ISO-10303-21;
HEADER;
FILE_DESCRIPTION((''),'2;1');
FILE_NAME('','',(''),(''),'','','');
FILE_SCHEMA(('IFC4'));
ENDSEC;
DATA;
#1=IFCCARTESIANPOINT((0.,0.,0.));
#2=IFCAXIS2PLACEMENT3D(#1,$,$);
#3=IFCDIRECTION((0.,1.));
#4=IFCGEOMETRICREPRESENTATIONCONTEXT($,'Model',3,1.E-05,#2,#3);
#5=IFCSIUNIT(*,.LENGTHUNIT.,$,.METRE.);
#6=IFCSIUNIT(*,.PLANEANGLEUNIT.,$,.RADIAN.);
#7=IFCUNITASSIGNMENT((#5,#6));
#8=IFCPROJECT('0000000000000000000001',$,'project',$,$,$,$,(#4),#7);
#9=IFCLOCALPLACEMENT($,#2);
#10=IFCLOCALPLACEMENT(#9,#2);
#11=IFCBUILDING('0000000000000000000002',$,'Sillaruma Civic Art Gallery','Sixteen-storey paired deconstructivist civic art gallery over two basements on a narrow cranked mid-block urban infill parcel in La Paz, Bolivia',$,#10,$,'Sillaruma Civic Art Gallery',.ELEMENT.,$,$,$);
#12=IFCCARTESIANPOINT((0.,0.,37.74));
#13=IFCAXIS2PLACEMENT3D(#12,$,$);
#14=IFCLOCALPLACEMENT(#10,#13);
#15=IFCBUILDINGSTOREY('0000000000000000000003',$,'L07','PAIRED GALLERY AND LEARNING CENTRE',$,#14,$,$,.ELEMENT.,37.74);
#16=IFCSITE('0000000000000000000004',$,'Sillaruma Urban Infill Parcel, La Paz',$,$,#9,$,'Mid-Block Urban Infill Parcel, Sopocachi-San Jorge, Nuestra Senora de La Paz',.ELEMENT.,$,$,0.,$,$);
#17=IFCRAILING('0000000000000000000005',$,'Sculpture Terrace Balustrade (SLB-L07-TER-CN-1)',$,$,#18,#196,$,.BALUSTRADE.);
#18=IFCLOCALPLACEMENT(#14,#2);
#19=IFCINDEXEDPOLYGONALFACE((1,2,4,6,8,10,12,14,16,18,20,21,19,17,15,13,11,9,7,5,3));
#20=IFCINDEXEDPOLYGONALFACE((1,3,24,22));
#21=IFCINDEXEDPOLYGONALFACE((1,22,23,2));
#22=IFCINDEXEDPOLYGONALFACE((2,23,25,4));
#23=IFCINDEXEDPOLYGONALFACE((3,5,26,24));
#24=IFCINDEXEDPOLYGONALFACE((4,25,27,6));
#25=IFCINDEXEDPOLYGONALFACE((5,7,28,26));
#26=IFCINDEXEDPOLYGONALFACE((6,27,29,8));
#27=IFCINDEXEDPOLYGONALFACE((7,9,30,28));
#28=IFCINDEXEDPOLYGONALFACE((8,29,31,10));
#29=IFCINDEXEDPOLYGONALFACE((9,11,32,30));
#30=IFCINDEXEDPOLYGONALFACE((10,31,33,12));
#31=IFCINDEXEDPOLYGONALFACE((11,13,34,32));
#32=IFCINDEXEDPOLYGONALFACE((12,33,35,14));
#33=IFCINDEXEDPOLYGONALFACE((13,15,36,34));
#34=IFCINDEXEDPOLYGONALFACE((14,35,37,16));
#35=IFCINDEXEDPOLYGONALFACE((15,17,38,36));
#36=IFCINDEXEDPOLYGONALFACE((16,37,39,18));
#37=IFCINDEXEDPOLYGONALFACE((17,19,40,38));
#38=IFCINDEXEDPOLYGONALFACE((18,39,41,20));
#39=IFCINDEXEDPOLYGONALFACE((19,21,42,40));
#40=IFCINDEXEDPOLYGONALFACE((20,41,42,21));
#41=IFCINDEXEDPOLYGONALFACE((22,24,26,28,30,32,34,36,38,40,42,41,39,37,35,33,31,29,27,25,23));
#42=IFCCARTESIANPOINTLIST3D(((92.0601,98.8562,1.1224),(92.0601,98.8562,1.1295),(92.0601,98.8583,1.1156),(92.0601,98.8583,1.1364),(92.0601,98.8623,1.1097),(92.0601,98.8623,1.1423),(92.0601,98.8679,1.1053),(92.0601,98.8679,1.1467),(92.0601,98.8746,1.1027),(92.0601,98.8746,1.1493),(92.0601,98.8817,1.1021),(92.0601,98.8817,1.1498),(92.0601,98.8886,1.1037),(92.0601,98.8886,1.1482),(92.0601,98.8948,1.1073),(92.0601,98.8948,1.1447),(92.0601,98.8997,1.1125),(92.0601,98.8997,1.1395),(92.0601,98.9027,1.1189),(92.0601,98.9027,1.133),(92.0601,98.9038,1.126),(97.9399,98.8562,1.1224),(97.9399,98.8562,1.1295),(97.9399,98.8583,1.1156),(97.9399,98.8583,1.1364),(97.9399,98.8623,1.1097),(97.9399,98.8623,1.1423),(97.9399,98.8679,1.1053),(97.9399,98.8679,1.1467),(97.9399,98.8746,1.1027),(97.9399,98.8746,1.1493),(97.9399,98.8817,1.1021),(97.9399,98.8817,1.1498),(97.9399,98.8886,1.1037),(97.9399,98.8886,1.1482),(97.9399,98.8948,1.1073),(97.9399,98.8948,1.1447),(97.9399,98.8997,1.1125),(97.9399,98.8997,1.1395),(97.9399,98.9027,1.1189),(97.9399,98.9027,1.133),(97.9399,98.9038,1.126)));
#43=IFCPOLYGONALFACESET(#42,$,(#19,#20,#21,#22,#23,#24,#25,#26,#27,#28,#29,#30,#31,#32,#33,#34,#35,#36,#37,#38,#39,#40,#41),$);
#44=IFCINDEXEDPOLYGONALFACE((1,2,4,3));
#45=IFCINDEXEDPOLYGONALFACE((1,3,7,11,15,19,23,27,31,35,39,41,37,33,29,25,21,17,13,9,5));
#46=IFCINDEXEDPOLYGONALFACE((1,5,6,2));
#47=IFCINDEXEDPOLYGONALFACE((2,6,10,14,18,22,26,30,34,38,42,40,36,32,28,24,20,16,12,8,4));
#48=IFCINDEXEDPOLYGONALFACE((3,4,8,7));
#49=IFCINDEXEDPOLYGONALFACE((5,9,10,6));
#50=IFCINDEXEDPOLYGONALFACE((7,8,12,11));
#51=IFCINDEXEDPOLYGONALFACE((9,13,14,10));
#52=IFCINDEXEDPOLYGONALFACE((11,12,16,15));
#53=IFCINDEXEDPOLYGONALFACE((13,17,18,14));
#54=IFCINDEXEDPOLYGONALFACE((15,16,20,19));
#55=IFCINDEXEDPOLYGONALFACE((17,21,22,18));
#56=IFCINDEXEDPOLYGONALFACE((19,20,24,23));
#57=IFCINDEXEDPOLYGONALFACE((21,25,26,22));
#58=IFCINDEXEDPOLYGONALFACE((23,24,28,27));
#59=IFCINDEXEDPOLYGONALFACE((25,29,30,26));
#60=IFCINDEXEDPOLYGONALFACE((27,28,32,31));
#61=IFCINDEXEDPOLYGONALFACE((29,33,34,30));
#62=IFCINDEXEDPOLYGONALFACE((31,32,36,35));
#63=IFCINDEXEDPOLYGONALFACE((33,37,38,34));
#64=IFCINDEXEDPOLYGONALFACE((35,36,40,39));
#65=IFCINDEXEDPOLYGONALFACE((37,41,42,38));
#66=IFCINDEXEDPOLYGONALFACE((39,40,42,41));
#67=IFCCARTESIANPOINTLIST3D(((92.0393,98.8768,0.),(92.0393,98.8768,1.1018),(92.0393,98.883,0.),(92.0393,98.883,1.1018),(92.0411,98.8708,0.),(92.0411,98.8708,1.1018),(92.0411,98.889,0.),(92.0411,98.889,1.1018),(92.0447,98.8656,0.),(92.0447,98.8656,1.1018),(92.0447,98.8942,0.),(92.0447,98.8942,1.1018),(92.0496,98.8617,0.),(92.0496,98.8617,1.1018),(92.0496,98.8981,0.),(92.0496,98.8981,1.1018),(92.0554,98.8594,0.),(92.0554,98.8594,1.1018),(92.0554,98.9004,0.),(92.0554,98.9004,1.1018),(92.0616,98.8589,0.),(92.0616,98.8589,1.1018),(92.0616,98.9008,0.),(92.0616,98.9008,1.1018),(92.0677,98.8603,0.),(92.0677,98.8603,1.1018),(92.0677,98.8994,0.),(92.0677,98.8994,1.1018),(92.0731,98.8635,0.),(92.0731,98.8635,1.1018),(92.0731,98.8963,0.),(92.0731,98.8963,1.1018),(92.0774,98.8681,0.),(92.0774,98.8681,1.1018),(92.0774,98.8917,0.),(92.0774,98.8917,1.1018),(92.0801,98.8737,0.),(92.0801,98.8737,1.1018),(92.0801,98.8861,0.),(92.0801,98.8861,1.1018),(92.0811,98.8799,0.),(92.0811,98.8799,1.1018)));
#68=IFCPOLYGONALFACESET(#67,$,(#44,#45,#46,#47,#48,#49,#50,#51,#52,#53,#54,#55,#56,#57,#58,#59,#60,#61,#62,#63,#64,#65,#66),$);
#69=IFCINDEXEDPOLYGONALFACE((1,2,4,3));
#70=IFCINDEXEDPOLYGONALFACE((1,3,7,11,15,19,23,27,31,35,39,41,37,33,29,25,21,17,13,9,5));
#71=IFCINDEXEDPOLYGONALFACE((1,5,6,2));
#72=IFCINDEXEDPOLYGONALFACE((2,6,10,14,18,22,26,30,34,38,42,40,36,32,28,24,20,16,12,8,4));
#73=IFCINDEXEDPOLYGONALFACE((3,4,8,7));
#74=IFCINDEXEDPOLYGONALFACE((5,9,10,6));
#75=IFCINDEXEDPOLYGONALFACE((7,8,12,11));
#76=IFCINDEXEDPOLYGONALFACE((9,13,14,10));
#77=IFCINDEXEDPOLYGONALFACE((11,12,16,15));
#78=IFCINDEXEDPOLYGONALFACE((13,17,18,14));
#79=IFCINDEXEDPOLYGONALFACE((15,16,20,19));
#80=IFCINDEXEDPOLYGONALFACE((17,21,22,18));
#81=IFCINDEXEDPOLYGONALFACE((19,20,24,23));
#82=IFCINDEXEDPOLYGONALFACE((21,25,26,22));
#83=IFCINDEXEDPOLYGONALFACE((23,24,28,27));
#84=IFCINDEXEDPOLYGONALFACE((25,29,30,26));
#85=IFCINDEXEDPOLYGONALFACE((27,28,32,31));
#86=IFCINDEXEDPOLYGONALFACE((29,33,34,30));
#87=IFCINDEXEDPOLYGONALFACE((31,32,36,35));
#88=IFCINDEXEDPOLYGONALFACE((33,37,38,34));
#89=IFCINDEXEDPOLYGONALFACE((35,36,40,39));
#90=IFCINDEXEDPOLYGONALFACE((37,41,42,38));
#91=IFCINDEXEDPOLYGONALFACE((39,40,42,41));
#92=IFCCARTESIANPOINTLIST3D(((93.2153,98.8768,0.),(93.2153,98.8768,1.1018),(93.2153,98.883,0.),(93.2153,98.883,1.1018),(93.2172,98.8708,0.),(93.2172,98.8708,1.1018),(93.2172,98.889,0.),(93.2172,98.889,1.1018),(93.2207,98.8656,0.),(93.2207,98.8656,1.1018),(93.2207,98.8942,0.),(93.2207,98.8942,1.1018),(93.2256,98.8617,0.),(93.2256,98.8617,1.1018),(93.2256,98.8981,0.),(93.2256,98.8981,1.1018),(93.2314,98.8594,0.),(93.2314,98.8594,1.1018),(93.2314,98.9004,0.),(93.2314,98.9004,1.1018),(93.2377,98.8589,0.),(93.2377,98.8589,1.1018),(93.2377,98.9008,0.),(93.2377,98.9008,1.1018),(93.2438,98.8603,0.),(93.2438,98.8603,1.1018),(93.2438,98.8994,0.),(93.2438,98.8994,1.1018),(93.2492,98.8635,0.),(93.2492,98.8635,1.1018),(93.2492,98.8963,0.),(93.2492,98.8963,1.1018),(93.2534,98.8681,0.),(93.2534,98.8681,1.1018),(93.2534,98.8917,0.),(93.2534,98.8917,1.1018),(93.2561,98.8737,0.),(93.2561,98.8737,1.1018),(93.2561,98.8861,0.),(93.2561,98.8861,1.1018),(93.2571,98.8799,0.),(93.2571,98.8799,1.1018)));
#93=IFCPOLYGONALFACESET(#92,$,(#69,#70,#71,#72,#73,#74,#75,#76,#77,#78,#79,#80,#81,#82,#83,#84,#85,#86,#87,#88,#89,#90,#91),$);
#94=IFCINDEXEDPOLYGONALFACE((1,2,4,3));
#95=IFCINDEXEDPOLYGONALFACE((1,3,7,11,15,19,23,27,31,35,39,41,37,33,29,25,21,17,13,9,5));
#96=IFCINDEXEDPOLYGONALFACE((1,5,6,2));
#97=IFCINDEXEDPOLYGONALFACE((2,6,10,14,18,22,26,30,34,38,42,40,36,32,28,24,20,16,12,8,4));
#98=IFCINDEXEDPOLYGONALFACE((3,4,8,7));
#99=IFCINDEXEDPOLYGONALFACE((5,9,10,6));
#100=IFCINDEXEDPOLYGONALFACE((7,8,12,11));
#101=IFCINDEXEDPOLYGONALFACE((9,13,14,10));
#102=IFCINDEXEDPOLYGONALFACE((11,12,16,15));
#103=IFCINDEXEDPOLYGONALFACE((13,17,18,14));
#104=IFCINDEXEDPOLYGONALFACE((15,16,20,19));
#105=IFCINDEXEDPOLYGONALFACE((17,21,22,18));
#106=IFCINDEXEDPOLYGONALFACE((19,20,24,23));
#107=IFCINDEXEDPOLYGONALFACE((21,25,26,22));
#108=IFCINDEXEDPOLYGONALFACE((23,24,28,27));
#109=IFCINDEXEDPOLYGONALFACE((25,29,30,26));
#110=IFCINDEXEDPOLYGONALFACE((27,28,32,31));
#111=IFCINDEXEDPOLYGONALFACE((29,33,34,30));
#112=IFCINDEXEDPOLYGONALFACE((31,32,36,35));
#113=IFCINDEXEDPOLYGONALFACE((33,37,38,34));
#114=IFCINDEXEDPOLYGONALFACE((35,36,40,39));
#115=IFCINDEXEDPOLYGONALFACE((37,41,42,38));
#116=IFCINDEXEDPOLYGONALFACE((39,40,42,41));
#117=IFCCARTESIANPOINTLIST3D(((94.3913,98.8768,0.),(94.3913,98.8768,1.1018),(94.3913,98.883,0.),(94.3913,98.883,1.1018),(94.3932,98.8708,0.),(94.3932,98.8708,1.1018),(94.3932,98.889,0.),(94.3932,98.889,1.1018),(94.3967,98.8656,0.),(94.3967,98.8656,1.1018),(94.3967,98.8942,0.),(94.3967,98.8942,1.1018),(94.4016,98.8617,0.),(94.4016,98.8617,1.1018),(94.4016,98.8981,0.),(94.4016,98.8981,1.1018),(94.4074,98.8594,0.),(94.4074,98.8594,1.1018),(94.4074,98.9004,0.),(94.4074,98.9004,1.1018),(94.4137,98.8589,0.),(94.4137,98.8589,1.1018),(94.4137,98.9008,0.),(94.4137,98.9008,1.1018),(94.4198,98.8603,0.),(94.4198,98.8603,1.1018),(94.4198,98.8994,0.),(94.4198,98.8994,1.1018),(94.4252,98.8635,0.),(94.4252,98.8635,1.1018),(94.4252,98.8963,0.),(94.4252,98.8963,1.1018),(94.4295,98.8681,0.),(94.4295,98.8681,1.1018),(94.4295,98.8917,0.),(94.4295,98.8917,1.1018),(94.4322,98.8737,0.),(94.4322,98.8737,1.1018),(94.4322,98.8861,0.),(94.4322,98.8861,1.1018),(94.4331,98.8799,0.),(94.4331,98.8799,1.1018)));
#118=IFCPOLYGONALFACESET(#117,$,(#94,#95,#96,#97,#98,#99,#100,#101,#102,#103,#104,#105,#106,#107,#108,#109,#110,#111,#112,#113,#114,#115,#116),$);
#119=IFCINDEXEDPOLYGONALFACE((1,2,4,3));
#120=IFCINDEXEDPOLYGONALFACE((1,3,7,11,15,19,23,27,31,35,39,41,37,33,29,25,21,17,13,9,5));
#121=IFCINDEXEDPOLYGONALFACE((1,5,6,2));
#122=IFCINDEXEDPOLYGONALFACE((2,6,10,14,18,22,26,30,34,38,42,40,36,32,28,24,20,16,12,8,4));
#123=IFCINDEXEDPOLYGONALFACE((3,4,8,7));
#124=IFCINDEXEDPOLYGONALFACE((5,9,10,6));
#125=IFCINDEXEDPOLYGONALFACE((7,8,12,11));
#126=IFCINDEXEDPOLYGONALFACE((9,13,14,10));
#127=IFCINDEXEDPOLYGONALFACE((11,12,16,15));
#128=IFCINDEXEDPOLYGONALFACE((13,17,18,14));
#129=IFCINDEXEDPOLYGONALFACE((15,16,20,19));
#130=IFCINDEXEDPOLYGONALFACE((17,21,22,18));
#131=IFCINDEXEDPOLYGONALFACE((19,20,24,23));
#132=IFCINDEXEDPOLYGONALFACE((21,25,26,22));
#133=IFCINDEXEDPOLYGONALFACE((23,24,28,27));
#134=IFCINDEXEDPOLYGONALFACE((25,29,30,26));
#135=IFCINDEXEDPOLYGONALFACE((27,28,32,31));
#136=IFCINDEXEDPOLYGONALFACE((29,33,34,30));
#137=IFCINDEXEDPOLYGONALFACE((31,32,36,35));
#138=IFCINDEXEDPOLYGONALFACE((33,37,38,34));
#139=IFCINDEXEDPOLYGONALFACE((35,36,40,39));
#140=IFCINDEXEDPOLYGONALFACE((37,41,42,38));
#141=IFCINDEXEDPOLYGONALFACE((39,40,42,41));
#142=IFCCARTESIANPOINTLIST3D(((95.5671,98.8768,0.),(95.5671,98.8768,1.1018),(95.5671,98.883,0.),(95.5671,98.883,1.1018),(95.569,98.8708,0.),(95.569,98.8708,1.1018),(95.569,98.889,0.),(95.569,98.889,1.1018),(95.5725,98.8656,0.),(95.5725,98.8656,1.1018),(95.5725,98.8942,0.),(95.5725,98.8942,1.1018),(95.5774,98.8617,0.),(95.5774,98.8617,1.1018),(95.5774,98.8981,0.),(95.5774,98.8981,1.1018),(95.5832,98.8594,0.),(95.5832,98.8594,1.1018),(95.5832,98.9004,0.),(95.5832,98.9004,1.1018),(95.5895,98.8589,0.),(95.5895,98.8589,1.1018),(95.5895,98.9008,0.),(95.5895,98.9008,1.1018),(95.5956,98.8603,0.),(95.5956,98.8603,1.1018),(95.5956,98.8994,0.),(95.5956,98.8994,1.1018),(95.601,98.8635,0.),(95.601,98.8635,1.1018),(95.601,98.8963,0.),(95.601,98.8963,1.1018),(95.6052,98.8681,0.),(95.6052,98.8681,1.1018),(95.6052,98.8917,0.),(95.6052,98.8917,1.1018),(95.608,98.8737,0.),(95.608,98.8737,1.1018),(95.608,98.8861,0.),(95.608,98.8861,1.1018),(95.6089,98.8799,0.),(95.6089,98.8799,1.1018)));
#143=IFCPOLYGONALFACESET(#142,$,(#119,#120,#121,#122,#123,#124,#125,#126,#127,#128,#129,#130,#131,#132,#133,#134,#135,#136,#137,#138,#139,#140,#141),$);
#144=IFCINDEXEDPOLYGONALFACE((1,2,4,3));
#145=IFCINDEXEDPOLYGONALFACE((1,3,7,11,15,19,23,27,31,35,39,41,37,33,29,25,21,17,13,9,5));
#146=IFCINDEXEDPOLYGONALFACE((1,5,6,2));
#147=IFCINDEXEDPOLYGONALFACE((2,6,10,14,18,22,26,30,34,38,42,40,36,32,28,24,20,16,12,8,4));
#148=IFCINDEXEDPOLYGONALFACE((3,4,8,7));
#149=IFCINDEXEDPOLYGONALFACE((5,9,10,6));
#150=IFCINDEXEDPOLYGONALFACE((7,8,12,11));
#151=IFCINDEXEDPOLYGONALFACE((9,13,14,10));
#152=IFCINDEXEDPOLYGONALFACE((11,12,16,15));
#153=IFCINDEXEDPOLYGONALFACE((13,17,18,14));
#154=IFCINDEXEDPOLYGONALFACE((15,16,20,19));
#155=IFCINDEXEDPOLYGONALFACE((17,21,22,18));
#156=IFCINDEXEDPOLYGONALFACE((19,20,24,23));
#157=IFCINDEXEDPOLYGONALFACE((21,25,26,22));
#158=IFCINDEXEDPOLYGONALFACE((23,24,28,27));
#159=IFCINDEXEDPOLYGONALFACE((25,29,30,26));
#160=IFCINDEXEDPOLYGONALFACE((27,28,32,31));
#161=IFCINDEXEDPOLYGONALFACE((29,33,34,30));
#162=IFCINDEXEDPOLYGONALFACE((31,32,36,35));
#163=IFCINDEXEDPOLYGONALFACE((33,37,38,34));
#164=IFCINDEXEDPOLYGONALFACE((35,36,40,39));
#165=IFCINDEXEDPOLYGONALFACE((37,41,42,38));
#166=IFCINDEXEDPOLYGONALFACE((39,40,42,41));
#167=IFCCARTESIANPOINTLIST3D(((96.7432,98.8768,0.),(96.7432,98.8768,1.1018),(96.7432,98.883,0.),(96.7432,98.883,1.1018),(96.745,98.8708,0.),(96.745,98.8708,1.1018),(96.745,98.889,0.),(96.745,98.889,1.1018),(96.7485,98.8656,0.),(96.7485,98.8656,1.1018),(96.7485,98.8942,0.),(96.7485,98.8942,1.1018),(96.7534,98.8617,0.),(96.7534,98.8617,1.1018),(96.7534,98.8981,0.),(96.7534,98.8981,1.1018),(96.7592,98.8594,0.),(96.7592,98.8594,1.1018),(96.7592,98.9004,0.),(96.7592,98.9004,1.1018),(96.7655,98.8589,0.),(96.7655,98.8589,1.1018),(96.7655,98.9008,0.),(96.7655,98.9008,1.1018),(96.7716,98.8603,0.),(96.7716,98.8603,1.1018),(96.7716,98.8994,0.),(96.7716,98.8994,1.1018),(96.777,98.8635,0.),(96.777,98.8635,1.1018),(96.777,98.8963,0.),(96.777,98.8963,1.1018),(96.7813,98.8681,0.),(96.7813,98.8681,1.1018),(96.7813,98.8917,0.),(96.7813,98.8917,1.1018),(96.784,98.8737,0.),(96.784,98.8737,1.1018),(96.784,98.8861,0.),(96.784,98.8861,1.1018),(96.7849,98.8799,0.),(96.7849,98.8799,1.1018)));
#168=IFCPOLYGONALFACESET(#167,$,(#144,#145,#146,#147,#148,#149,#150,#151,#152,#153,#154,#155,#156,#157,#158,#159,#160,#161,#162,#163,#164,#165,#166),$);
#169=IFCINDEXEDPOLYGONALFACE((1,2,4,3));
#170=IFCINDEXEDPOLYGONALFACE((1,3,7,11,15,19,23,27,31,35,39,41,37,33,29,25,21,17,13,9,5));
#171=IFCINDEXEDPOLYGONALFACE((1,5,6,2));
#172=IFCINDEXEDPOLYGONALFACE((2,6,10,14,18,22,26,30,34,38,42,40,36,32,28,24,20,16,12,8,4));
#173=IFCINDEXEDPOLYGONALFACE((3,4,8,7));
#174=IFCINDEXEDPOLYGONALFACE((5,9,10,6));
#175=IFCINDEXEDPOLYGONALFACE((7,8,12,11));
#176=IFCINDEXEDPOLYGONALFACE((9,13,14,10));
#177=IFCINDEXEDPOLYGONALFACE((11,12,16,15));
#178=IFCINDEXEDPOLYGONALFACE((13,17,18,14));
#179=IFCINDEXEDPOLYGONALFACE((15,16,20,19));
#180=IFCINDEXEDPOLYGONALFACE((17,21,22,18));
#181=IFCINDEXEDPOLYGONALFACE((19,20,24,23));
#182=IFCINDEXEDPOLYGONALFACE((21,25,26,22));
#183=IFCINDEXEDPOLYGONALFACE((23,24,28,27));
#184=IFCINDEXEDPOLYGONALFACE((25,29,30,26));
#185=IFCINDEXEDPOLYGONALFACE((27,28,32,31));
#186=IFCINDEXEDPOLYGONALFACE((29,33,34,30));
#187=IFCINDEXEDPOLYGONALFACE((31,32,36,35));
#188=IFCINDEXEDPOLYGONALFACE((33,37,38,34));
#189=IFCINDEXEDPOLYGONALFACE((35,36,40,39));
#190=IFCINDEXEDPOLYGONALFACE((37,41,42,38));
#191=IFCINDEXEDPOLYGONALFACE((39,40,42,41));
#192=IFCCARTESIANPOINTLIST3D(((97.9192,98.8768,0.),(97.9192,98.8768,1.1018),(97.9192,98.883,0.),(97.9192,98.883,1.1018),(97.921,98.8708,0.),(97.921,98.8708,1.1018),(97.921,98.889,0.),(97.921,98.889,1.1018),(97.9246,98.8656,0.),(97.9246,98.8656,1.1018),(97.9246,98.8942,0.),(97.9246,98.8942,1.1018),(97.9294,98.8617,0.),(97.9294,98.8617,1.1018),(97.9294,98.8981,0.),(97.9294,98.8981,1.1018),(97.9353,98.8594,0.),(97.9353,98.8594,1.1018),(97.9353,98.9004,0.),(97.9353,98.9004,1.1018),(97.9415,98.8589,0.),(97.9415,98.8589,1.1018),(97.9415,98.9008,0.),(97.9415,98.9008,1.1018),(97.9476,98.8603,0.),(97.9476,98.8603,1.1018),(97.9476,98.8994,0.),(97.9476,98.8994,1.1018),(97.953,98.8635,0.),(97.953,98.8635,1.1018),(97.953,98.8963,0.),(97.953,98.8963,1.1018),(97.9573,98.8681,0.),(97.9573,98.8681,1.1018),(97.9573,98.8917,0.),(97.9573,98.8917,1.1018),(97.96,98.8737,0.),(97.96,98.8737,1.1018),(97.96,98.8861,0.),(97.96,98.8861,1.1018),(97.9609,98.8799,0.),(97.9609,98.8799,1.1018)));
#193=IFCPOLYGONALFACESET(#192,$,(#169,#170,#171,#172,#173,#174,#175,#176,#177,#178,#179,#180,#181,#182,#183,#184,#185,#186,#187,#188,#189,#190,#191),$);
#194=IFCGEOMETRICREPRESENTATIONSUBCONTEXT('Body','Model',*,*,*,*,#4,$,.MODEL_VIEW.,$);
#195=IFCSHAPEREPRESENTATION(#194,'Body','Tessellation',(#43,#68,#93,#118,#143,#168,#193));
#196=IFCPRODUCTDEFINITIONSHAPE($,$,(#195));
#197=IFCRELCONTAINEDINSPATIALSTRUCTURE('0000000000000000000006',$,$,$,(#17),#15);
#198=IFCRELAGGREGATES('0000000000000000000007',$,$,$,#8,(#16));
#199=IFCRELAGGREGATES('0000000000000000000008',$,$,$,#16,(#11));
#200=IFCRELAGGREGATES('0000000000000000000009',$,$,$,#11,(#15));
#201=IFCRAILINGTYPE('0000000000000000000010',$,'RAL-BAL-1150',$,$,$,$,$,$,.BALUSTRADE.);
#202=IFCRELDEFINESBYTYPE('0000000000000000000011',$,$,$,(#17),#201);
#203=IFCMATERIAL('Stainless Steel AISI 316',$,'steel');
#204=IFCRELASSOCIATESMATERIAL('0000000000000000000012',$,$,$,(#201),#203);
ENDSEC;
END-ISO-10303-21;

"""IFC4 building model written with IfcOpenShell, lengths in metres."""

from ifc_helpers import new_model, si_unit, direction, frame, origin, origin_2d, place, context, subcontext, project, spatial, circle, extrude, material, type_object, element, save


model = new_model("IFC4")

# Units and contexts
model_context = context("Model", 3, precision=1e-05, world=origin(), true_north=direction((0.0, 1.0)))
body_context = subcontext(model_context, "Body", "Model", "MODEL_VIEW")
ifc_project = project(units=[si_unit("LENGTHUNIT", "METRE"), si_unit("PLANEANGLEUNIT", "RADIAN")], contexts=[model_context])

# Site, building, storey
site_placement = place(None, origin())
site = spatial("IfcSite", under=ifc_project, at=site_placement, Name="Sillaruma Urban Infill Parcel, La Paz", LongName="Mid-Block Urban Infill Parcel, Sopocachi-San Jorge, Nuestra Senora de La Paz", CompositionType="ELEMENT", RefElevation=0.0)
building_placement = place(site_placement, origin())
building = spatial("IfcBuilding", under=site, at=building_placement, Name="Sillaruma Civic Art Gallery", Description="Sixteen-storey paired deconstructivist civic art gallery over two basements on a narrow cranked mid-block urban infill parcel in La Paz, Bolivia", LongName="Sillaruma Civic Art Gallery", CompositionType="ELEMENT")
storey_placement = place(building_placement, frame((0.0, 0.0, 37.74)))
storey = spatial("IfcBuildingStorey", under=building, at=storey_placement, Name="L07", Description="PAIRED GALLERY AND LEARNING CENTRE", CompositionType="ELEMENT", Elevation=37.74)

# Railing
ifc_material_1 = material(Name="Stainless Steel AISI 316", Category="steel")
railing_type = type_object("IfcRailingType", Name="RAL-BAL-1150", PredefinedType="BALUSTRADE", material=ifc_material_1)
railing_placement = place(storey_placement, frame((92.0601, 98.8799, 0.0)))
element("IfcRailing", 1, at=railing_placement, inside=storey, type_object=railing_type, Name="Sculpture Terrace Balustrade (SLB-L07-TER-CN-1)", PredefinedType="BALUSTRADE", context=body_context, shape_type="SweptSolid", body=[
    extrude(circle(Radius=0.0239, at=origin_2d()), frame((0.0, 0.0, 1.126), z_axis=(1.0, 0.0, 0.0), x_axis=(0.0, 1.0, 0.0)), (0.0, 0.0, 1.0), 5.8799),
    extrude(circle(Radius=0.021, at=origin_2d()), origin(), (0.0, 0.0, 1.0), 1.1018),
    extrude(circle(Radius=0.021, at=origin_2d()), frame((1.176, 0.0, 0.0)), (0.0, 0.0, 1.0), 1.1018),
    extrude(circle(Radius=0.021, at=origin_2d()), frame((2.3521, 0.0, 0.0)), (0.0, 0.0, 1.0), 1.1018),
    extrude(circle(Radius=0.021, at=origin_2d()), frame((3.5278, 0.0, 0.0)), (0.0, 0.0, 1.0), 1.1018),
    extrude(circle(Radius=0.021, at=origin_2d()), frame((4.7039, 0.0, 0.0)), (0.0, 0.0, 1.0), 1.1018),
    extrude(circle(Radius=0.021, at=origin_2d()), frame((5.8799, 0.0, 0.0)), (0.0, 0.0, 1.0), 1.1018),
])

save(model, "model.ifc")
